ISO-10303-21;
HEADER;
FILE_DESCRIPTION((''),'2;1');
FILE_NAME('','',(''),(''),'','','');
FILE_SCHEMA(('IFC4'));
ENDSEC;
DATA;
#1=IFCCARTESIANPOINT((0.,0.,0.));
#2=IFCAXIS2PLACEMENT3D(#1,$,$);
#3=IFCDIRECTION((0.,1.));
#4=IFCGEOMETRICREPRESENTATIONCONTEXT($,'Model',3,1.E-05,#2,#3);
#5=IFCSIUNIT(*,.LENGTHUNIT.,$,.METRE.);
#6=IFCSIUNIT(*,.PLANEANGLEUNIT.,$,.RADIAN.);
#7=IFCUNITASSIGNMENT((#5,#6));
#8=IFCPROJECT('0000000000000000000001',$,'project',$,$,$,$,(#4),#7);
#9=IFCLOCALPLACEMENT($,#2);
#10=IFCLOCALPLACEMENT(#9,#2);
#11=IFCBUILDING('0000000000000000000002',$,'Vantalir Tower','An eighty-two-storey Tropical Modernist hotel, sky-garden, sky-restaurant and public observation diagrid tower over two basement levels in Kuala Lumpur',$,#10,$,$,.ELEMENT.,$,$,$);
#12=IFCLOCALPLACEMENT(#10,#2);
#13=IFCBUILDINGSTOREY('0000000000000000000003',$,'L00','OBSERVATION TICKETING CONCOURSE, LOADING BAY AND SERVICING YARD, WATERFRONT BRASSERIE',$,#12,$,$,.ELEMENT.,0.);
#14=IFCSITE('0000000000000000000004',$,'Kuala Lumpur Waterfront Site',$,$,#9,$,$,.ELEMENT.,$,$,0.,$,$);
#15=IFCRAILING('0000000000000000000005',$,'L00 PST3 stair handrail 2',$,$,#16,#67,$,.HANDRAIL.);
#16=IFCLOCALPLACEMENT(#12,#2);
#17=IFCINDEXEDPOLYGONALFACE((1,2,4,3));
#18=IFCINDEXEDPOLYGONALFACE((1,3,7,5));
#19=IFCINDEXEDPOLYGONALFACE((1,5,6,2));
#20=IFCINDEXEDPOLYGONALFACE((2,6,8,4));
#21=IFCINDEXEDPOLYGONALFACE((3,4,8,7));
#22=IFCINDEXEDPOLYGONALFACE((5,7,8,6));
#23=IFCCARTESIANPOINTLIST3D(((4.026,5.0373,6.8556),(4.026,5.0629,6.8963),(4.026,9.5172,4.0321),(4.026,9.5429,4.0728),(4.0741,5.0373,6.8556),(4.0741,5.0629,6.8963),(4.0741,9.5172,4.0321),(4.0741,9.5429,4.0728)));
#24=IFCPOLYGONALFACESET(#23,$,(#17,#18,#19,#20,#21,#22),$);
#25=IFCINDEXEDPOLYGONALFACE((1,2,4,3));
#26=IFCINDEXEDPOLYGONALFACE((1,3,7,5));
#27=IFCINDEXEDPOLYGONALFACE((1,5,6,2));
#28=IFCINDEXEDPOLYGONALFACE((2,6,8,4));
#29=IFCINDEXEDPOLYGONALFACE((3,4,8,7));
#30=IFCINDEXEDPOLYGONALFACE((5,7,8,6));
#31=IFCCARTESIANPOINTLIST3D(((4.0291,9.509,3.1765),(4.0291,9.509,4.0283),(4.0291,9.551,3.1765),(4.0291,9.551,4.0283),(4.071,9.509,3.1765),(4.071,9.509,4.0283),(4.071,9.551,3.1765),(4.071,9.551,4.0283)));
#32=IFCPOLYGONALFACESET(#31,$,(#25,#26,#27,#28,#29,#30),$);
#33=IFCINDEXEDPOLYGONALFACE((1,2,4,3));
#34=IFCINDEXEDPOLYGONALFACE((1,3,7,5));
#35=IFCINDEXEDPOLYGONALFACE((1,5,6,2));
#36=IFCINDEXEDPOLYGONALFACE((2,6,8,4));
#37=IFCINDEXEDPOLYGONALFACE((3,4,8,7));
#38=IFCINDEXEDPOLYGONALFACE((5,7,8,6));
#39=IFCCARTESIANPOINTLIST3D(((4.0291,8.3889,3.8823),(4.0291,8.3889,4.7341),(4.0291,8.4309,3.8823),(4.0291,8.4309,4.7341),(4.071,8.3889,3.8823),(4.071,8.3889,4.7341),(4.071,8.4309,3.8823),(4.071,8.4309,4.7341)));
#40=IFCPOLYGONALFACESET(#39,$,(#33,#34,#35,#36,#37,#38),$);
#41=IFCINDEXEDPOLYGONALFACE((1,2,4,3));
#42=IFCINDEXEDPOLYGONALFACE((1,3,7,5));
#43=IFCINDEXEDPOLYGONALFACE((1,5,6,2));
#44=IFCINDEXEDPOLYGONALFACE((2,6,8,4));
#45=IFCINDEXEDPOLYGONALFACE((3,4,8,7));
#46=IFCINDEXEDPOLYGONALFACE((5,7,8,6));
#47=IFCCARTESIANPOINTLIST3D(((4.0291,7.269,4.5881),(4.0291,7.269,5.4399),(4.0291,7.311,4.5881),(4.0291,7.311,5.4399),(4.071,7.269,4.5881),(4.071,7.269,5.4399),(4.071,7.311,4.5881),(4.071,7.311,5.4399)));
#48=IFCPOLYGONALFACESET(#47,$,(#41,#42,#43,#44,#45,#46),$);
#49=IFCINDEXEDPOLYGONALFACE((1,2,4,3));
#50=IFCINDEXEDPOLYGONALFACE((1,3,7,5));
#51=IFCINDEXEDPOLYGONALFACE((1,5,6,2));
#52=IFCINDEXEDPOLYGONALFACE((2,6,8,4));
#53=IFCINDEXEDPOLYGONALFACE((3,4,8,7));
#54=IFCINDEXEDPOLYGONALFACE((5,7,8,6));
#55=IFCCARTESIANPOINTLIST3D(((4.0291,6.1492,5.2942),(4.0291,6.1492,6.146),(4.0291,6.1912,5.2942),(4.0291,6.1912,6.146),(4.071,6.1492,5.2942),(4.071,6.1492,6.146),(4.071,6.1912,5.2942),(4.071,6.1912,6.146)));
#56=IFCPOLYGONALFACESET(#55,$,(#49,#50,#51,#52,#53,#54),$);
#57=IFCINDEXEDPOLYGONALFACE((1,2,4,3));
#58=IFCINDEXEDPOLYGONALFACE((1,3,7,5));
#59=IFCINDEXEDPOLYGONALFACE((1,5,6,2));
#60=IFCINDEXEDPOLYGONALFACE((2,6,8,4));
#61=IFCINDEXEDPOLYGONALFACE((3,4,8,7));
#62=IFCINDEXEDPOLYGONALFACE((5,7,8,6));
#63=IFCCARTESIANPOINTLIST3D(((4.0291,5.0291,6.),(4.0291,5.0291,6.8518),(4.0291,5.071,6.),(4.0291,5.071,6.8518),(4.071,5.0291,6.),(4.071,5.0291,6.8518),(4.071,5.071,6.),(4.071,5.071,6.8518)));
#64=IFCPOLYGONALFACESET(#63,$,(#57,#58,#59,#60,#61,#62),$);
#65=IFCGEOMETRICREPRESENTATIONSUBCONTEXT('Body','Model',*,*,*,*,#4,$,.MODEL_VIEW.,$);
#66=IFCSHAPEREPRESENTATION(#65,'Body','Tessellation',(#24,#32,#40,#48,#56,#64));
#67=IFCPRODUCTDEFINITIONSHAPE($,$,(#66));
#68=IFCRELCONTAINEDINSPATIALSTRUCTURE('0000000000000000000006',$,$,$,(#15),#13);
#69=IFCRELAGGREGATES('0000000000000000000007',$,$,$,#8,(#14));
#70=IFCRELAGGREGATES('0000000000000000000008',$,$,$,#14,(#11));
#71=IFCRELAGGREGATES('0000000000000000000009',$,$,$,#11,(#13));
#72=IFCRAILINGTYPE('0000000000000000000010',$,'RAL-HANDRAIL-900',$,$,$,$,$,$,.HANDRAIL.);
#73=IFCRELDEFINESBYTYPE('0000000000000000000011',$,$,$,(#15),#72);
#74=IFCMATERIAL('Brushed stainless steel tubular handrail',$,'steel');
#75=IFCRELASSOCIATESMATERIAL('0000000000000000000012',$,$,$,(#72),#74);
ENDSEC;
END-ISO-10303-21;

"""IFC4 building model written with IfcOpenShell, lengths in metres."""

from ifc_helpers import new_model, si_unit, direction, frame, origin, origin_2d, place, context, subcontext, project, spatial, rectangle, extrude, material, type_object, element, save


model = new_model("IFC4")

# Units and contexts
model_context = context("Model", 3, precision=1e-05, world=origin(), true_north=direction((0.0, 1.0)))
body_context = subcontext(model_context, "Body", "Model", "MODEL_VIEW")
ifc_project = project(units=[si_unit("LENGTHUNIT", "METRE"), si_unit("PLANEANGLEUNIT", "RADIAN")], contexts=[model_context])

# Site, building, storey
site_placement = place(None, origin())
site = spatial("IfcSite", under=ifc_project, at=site_placement, Name="Kuala Lumpur Waterfront Site", CompositionType="ELEMENT", RefElevation=0.0)
building_placement = place(site_placement, origin())
building = spatial("IfcBuilding", under=site, at=building_placement, Name="Vantalir Tower", Description="An eighty-two-storey Tropical Modernist hotel, sky-garden, sky-restaurant and public observation diagrid tower over two basement levels in Kuala Lumpur", CompositionType="ELEMENT")
storey_placement = place(building_placement, origin())
storey = spatial("IfcBuildingStorey", under=building, at=storey_placement, Name="L00", Description="OBSERVATION TICKETING CONCOURSE, LOADING BAY AND SERVICING YARD, WATERFRONT BRASSERIE", CompositionType="ELEMENT", Elevation=0.0)

# Railing
ifc_material_1 = material(Name="Brushed stainless steel tubular handrail", Category="steel")
railing_type_1 = type_object("IfcRailingType", Name="RAL-HANDRAIL-900", PredefinedType="HANDRAIL", material=ifc_material_1)
railing_1_placement = place(storey_placement, frame((4.05, 9.53, 3.1765)))
element("IfcRailing", 1, at=railing_1_placement, inside=storey, type_object=railing_type_1, Name="L00 PST3 stair handrail 2", PredefinedType="HANDRAIL", context=body_context, shape_type="SweptSolid", body=[
    extrude(rectangle(XDim=0.0481, YDim=0.0481, at=origin_2d()), frame((0.0, 0.0, 0.876), z_axis=(0.0, -0.845998, 0.533186), x_axis=(1.0, 0.0, 0.0)), (0.0, 0.0, 1.0), 5.2954),
    extrude(rectangle(XDim=0.042, YDim=0.042, at=origin_2d()), origin(), (0.0, 0.0, 1.0), 0.8518),
    extrude(rectangle(XDim=0.042, YDim=0.042, at=origin_2d()), frame((0.0, -1.1201, 0.7058)), (0.0, 0.0, 1.0), 0.8518),
    extrude(rectangle(XDim=0.042, YDim=0.042, at=origin_2d()), frame((0.0, -2.24, 1.4116)), (0.0, 0.0, 1.0), 0.8518),
    extrude(rectangle(XDim=0.042, YDim=0.042, at=origin_2d()), frame((0.0, -3.3599, 2.1177)), (0.0, 0.0, 1.0), 0.8518),
    extrude(rectangle(XDim=0.042, YDim=0.042, at=origin_2d()), frame((0.0, -4.48, 2.8235)), (0.0, 0.0, 1.0), 0.8518),
])

save(model, "model.ifc")
